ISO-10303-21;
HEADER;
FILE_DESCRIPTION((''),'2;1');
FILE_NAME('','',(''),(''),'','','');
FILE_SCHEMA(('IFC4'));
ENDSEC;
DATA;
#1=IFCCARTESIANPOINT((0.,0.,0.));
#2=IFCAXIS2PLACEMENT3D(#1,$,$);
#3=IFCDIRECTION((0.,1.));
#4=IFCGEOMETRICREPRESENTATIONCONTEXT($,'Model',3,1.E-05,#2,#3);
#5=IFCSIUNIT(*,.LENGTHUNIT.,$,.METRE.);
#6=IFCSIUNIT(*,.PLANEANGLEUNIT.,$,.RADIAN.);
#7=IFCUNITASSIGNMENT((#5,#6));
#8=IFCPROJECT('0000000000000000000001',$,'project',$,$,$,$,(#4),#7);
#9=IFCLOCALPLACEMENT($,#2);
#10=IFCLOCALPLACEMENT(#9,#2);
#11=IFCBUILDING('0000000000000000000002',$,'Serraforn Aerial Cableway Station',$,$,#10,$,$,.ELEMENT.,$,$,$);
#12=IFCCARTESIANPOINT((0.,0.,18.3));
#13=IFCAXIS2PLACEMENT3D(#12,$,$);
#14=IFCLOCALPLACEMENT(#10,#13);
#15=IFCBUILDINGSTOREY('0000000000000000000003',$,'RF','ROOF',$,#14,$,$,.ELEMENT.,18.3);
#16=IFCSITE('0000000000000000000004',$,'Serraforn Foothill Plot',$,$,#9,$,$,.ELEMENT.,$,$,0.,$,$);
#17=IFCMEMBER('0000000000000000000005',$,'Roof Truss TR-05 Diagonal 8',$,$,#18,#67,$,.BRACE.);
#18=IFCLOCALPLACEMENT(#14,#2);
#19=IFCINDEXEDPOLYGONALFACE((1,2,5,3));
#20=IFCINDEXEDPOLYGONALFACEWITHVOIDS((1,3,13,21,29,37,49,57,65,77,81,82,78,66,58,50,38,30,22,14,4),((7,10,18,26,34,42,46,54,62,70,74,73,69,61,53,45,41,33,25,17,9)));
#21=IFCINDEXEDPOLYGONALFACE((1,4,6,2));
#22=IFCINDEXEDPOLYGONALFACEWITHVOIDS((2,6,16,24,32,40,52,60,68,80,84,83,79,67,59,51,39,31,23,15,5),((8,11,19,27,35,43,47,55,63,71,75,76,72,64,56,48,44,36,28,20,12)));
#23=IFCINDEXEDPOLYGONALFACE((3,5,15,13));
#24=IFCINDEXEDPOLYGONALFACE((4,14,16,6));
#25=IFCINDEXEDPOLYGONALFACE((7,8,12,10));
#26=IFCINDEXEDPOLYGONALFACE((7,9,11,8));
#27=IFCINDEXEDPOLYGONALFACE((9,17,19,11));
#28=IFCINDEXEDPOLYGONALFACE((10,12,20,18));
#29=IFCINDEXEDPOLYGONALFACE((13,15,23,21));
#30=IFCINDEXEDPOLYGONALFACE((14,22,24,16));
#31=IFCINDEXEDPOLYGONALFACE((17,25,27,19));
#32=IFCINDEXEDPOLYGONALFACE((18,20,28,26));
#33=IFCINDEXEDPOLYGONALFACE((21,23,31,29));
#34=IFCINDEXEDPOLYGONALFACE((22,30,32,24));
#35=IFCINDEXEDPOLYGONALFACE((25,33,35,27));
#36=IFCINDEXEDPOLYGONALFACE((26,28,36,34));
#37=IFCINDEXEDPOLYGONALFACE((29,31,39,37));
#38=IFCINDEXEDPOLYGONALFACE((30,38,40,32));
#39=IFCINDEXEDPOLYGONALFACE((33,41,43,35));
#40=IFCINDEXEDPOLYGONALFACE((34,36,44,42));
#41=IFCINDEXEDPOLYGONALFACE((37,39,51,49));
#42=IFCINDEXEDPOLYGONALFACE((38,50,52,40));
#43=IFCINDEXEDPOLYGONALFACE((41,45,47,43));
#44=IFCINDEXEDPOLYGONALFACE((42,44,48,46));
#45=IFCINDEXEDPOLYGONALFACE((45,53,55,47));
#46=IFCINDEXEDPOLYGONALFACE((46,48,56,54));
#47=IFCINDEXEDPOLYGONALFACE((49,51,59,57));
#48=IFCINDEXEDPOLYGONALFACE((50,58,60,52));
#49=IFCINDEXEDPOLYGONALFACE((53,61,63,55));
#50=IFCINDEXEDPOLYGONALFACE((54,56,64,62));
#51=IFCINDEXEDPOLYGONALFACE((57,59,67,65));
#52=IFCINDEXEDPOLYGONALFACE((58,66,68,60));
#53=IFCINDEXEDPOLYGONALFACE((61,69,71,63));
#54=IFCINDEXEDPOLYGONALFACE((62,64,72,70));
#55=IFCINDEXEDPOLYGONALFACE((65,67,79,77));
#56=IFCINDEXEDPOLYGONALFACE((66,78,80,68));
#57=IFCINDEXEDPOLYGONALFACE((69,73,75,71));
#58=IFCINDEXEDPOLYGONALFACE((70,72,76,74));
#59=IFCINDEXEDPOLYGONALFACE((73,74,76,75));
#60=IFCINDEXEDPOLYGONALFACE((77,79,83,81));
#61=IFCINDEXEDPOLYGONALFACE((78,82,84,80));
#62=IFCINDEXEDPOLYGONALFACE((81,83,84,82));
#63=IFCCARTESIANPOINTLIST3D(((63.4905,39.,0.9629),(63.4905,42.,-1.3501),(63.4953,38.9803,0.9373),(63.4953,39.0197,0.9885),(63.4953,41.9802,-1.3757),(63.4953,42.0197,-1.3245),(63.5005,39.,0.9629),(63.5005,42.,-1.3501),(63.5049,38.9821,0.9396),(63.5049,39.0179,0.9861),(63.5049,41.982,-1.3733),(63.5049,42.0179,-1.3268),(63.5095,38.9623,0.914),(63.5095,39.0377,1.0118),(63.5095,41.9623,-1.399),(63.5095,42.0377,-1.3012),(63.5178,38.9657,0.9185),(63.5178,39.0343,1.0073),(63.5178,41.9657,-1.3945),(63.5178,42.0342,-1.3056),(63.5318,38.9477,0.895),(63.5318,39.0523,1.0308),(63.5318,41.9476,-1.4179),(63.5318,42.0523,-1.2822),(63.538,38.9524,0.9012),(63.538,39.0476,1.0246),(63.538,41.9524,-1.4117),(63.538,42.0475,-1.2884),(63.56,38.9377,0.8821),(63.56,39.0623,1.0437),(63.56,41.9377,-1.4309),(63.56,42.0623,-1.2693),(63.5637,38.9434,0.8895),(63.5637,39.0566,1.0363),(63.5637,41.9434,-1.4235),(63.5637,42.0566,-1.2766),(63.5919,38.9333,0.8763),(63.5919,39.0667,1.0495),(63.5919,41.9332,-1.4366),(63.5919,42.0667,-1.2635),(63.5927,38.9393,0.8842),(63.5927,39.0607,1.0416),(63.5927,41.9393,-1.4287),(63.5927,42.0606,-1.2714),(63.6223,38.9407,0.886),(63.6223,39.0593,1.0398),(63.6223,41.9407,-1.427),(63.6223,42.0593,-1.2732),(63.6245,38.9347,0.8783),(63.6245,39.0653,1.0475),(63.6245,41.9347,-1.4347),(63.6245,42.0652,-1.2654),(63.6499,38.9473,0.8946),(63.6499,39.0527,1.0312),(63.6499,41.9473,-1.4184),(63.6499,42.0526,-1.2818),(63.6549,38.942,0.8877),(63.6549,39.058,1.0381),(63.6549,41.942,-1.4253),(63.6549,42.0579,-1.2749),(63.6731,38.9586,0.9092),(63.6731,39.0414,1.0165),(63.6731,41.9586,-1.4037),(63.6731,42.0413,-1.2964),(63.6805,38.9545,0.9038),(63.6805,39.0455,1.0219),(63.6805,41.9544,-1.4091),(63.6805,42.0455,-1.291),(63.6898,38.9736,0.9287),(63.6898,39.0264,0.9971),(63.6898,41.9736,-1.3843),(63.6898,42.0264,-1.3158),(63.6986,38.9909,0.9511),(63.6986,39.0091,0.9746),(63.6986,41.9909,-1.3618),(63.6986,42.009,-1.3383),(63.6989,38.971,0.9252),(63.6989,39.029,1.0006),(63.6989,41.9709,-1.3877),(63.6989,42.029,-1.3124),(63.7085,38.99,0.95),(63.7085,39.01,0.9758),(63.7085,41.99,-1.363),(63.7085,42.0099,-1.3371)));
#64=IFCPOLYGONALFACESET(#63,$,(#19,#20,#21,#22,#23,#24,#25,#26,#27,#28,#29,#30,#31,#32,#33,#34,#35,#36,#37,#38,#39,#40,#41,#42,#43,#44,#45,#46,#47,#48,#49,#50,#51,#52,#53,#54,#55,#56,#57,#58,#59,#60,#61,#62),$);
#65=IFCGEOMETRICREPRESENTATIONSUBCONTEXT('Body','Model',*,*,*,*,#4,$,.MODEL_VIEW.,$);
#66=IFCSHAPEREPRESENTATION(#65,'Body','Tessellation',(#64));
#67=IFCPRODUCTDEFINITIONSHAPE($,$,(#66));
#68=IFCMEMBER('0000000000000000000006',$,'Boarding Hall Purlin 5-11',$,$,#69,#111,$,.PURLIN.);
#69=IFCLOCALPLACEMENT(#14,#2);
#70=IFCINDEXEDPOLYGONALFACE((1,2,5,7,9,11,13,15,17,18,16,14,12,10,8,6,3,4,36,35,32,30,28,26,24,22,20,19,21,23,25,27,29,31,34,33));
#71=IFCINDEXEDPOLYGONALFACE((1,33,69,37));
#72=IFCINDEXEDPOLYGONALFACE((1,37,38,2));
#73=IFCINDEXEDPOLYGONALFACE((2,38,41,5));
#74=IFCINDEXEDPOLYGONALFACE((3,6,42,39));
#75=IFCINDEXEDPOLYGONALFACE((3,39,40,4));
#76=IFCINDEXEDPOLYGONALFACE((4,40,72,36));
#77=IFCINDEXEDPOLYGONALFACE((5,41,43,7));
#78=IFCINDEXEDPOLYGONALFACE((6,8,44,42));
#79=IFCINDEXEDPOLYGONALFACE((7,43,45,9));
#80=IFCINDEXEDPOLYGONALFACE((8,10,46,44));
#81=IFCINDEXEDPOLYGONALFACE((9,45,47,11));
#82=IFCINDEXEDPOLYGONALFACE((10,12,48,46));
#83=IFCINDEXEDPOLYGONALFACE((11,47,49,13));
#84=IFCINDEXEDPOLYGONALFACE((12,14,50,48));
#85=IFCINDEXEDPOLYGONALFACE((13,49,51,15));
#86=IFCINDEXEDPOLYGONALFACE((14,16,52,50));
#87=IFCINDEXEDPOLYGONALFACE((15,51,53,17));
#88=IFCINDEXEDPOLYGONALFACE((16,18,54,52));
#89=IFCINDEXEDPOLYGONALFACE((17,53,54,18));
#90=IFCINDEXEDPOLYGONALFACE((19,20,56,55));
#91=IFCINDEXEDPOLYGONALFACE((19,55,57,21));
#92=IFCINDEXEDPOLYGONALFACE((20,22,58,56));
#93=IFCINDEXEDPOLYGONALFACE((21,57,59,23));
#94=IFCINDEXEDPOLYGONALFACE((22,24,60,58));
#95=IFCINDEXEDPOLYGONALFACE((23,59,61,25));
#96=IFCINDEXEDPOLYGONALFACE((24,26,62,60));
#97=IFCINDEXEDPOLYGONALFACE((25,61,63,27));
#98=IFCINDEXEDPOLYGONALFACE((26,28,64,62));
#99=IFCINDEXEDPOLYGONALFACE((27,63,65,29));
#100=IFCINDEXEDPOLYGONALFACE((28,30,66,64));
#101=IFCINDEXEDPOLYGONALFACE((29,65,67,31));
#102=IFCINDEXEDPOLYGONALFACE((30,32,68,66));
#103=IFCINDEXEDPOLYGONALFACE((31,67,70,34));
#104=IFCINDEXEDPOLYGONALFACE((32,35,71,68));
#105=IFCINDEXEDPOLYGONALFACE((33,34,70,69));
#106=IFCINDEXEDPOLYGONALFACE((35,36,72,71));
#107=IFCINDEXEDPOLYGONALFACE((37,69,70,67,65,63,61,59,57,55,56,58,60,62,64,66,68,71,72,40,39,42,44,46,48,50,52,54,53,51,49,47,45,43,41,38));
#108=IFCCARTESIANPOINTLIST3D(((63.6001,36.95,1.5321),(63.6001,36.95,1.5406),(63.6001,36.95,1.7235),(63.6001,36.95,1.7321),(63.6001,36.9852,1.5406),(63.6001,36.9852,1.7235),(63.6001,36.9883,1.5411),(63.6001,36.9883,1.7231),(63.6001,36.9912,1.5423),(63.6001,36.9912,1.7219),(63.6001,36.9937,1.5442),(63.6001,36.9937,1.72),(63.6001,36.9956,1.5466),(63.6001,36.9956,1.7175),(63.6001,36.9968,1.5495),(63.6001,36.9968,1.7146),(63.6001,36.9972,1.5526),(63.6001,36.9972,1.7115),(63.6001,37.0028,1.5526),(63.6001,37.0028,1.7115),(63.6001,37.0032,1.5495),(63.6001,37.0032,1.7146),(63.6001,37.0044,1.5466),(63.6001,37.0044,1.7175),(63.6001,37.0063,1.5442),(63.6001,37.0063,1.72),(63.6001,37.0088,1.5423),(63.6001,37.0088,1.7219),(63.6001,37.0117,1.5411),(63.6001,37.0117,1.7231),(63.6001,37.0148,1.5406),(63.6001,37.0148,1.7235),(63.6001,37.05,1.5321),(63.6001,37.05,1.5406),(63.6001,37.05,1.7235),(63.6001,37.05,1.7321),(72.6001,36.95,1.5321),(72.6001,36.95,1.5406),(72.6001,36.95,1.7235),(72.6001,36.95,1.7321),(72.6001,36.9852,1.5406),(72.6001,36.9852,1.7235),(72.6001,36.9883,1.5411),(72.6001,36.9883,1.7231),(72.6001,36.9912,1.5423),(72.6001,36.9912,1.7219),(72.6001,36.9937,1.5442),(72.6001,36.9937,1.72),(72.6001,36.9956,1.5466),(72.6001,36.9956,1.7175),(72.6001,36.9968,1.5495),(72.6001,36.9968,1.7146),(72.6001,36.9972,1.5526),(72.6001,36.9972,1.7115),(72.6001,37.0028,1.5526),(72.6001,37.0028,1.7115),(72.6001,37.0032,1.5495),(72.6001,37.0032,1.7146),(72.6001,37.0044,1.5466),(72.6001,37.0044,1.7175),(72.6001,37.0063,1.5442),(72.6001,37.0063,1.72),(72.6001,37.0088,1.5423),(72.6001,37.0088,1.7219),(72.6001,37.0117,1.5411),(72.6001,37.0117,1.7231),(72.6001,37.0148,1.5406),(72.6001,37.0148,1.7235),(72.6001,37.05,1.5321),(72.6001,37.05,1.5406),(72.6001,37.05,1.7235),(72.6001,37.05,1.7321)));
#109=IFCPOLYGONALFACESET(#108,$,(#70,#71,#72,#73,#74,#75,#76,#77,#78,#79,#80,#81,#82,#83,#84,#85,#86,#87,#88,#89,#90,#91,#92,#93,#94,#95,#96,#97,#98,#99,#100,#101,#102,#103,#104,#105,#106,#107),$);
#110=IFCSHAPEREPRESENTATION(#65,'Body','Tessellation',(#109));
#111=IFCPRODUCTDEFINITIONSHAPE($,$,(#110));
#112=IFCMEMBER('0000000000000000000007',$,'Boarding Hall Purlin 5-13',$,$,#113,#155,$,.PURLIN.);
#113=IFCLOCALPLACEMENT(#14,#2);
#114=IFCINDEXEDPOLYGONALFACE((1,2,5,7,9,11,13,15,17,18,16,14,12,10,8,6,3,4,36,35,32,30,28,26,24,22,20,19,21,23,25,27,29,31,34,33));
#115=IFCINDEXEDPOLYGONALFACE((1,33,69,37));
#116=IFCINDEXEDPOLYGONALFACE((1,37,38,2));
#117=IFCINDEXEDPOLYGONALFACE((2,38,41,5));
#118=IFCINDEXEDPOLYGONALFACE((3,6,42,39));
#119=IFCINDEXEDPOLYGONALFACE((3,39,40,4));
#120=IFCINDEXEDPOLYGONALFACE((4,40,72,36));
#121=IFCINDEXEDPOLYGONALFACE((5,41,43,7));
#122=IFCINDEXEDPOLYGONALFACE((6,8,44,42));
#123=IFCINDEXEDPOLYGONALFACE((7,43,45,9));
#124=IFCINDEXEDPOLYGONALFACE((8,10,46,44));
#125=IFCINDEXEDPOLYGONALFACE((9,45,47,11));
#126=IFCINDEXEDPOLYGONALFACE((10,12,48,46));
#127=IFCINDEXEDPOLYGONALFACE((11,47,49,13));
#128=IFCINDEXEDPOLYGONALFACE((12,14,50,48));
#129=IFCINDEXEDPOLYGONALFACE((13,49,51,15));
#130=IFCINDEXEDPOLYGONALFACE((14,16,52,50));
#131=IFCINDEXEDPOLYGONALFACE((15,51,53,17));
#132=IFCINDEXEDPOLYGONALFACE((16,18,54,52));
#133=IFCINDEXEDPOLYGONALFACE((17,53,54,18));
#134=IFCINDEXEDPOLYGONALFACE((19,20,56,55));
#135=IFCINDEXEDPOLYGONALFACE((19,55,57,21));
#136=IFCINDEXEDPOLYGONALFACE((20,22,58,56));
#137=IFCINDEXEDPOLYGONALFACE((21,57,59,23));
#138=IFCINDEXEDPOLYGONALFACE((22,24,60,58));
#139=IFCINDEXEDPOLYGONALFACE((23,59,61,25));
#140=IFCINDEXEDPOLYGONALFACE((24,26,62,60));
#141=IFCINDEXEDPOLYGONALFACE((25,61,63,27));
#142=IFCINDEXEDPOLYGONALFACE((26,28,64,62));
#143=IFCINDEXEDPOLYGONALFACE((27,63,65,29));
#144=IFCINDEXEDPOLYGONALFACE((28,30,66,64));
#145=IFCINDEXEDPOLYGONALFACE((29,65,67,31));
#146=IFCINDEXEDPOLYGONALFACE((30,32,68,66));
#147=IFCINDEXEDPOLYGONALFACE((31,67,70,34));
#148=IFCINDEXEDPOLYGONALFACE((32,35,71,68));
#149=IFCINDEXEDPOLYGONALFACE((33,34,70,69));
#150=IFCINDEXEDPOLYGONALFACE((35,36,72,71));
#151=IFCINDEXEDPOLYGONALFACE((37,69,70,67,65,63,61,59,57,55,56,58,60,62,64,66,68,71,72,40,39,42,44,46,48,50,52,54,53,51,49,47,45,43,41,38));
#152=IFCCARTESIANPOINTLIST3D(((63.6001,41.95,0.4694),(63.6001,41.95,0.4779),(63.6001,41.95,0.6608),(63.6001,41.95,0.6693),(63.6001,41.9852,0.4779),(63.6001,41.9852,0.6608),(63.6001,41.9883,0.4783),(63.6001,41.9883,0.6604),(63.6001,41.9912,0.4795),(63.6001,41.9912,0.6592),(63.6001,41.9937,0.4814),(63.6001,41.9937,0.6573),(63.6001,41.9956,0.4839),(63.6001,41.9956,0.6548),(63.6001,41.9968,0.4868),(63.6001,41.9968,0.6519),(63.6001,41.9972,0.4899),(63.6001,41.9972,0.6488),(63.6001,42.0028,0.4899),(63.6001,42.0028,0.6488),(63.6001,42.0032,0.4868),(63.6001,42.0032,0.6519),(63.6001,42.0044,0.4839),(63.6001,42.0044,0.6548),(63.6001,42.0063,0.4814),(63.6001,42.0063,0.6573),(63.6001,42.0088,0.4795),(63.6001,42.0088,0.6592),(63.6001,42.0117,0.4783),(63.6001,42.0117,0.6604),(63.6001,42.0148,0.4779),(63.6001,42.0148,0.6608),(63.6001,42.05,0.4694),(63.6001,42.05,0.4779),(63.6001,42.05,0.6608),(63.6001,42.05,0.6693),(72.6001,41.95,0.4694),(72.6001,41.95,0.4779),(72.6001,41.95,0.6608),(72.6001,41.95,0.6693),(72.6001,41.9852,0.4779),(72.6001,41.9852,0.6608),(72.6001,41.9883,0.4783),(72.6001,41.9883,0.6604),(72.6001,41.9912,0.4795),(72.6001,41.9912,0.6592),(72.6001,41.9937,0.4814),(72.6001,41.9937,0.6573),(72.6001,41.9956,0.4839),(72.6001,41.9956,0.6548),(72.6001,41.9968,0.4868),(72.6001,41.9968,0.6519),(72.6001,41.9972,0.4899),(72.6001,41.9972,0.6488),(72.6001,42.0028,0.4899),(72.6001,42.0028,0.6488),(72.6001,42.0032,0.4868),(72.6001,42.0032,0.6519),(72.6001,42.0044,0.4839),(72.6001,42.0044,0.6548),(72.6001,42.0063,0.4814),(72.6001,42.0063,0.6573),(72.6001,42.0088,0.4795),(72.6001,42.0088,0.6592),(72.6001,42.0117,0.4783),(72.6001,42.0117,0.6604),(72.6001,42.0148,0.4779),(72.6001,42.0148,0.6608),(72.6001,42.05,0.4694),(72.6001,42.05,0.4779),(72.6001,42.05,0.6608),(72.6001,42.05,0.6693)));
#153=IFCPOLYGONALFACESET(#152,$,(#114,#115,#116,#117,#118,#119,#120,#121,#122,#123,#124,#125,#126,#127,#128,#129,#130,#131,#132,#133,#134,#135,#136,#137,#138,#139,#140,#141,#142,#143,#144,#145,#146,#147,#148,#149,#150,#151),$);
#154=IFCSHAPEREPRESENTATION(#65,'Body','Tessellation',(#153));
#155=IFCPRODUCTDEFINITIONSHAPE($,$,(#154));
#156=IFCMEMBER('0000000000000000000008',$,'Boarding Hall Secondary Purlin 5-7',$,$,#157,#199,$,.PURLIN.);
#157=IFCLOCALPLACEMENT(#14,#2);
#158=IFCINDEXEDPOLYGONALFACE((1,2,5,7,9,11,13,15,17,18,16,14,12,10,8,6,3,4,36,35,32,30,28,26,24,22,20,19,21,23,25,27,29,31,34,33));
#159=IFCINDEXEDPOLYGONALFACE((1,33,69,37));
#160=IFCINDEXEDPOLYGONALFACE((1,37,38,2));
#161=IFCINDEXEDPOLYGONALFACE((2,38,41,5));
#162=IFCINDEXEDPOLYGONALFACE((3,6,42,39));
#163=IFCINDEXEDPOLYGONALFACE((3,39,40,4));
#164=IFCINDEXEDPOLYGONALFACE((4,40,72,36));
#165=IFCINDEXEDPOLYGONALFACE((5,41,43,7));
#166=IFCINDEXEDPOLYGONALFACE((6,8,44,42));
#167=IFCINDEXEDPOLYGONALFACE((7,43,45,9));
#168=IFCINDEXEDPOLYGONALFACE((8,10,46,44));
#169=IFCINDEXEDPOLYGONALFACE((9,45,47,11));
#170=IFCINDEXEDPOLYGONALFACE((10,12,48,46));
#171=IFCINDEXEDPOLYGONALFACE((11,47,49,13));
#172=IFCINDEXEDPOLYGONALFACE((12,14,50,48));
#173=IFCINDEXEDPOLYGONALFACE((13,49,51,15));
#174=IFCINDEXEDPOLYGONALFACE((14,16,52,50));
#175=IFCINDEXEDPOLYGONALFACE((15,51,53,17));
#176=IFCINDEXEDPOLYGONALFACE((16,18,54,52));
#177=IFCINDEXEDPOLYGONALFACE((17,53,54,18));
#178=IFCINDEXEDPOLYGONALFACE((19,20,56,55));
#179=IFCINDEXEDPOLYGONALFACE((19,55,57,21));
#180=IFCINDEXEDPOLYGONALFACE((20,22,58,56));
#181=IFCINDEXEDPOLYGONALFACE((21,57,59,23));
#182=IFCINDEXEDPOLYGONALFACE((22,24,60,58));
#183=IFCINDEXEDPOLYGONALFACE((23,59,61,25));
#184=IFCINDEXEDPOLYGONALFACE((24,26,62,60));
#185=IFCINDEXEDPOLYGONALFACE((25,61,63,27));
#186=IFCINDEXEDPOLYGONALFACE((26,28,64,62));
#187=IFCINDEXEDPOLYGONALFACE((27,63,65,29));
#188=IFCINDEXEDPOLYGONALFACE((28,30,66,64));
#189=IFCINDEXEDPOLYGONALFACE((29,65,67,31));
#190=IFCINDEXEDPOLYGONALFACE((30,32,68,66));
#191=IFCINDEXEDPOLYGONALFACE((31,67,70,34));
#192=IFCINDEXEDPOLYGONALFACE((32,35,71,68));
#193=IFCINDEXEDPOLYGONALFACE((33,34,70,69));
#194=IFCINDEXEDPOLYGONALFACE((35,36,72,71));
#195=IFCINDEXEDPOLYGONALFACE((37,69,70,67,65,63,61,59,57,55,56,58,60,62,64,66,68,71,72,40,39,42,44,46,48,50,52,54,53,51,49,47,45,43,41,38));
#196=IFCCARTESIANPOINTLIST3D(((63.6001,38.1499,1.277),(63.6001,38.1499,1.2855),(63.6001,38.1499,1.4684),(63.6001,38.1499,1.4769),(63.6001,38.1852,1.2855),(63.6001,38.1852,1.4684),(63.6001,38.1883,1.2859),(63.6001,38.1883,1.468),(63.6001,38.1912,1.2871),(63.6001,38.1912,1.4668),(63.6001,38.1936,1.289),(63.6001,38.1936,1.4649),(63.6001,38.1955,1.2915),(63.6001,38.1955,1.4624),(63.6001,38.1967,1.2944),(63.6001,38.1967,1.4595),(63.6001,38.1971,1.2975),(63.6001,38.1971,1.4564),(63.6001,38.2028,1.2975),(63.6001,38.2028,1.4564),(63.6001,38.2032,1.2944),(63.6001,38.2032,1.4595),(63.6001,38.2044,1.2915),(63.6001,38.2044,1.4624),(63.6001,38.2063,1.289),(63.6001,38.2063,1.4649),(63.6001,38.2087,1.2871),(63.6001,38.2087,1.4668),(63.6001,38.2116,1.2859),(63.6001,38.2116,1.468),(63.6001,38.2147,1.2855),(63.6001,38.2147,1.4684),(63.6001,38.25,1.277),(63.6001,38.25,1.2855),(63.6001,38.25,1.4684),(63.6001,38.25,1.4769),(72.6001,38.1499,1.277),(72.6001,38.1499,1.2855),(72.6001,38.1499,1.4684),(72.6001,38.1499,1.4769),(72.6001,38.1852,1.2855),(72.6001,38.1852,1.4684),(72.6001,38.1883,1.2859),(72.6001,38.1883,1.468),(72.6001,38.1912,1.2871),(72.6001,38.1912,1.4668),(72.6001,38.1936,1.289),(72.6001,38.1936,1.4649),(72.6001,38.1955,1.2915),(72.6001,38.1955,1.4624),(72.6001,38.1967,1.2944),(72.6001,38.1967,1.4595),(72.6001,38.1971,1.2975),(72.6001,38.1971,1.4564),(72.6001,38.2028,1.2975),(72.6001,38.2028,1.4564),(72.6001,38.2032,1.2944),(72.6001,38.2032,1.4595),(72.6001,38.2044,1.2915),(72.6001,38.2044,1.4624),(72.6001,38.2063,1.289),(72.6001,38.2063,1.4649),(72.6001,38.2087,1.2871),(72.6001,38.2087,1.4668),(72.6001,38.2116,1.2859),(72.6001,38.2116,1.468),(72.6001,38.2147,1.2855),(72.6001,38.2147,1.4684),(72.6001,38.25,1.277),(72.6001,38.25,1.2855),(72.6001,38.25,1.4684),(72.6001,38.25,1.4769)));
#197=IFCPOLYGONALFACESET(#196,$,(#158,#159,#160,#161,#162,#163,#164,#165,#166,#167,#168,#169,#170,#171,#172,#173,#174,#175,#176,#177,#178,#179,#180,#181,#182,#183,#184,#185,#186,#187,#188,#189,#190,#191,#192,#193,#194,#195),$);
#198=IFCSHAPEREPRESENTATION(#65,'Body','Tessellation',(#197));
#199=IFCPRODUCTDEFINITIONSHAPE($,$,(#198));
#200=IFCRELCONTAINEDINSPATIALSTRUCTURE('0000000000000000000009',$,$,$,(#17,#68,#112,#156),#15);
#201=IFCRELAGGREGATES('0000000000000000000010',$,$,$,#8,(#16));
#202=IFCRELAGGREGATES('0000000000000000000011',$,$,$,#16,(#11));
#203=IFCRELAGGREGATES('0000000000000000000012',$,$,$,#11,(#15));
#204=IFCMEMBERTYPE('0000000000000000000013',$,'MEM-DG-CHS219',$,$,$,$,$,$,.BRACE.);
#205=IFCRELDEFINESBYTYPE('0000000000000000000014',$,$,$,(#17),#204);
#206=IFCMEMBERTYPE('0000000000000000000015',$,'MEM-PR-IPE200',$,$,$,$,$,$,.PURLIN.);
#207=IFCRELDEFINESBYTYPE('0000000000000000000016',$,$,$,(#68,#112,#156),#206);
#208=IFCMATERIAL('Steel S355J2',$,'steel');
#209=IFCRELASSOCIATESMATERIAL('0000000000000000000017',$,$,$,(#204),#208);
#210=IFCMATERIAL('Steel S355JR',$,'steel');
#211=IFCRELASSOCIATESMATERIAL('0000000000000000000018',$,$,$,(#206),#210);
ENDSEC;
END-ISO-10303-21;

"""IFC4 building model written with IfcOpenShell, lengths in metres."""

from ifc_helpers import new_model, si_unit, direction, frame, origin, origin_2d, place, context, subcontext, project, spatial, hollow_circle, i_section, extrude, material, material_profile, profile_set, type_object, element, save


model = new_model("IFC4")

# Units and contexts
model_context = context("Model", 3, precision=1e-05, world=origin(), true_north=direction((0.0, 1.0)))
body_context = subcontext(model_context, "Body", "Model", "MODEL_VIEW")
ifc_project = project(units=[si_unit("LENGTHUNIT", "METRE"), si_unit("PLANEANGLEUNIT", "RADIAN")], contexts=[model_context])

# Site, building, storey
site_placement = place(None, origin())
site = spatial("IfcSite", under=ifc_project, at=site_placement, Name="Serraforn Foothill Plot", CompositionType="ELEMENT", RefElevation=0.0)
building_placement = place(site_placement, origin())
building = spatial("IfcBuilding", under=site, at=building_placement, Name="Serraforn Aerial Cableway Station", CompositionType="ELEMENT")
storey_placement = place(building_placement, frame((0.0, 0.0, 18.3)))
storey = spatial("IfcBuildingStorey", under=building, at=storey_placement, Name="RF", Description="ROOF", CompositionType="ELEMENT", Elevation=18.3)

# Shared definitions
ifc_material_1 = material(Name="Steel S355J2", Category="steel")

# Members
ifc_material_profile_1 = material_profile(ifc_material_1, hollow_circle(Radius=0.1096, WallThickness=0.01, at=origin_2d()), Name="CHS 219.1x10.0")
ifc_profile_set_1 = profile_set([ifc_material_profile_1], Name="Steel S355J2")
member_type_1 = type_object("IfcMemberType", Name="MEM-DG-CHS219", PredefinedType="BRACE", material=ifc_profile_set_1)
member_1_placement = place(storey_placement, frame((63.6001, 39.0, 0.9629), z_axis=(0.0, 0.791948, -0.610589), x_axis=(-1.0, 0.0, 0.0)))
element("IfcMember", 1, at=member_1_placement, inside=storey, type_object=member_type_1, Name="Roof Truss TR-05 Diagonal 8", PredefinedType="BRACE", context=body_context, shape_type="SweptSolid", body=[
    extrude(hollow_circle(Radius=0.1096, WallThickness=0.01, at=origin_2d()), origin(), (0.0, 0.0, 1.0), 3.7881),
])
ifc_material_2 = material(Name="Steel S355JR", Category="steel")
ifc_material_profile_2 = material_profile(ifc_material_2, i_section(OverallWidth=0.1001, OverallDepth=0.2, WebThickness=0.0056, FlangeThickness=0.0085, FilletRadius=0.012, at=origin_2d()), Name="IPE 200")
ifc_profile_set_2 = profile_set([ifc_material_profile_2], Name="Steel S355JR")
member_type_2 = type_object("IfcMemberType", Name="MEM-PR-IPE200", PredefinedType="PURLIN", material=ifc_profile_set_2)
for number, where, z_axis, x_axis, name in (
    (2, (63.6001, 37.0, 1.6321), (1.0, 0.0, 0.0), (0.0, 1.0, 0.0), "Boarding Hall Purlin 5-11"),
    (3, (63.6001, 42.0, 0.5693), (1.0, 0.0, 0.0), (0.0, 1.0, 0.0), "Boarding Hall Purlin 5-13"),
    (4, (63.6001, 38.2, 1.377), (1.0, 0.0, 0.0), (0.0, 1.0, 0.0), "Boarding Hall Secondary Purlin 5-7"),
):
    element("IfcMember", number, at=place(storey_placement, frame(where, z_axis=z_axis, x_axis=x_axis)), inside=storey, type_object=member_type_2, Name=name, PredefinedType="PURLIN", context=body_context, shape_type="SweptSolid", body=[
        extrude(i_section(OverallWidth=0.1001, OverallDepth=0.2, WebThickness=0.0056, FlangeThickness=0.0085, FilletRadius=0.012, at=origin_2d()), origin(), (0.0, 0.0, 1.0), 9.0),
    ])

save(model, "model.ifc")
